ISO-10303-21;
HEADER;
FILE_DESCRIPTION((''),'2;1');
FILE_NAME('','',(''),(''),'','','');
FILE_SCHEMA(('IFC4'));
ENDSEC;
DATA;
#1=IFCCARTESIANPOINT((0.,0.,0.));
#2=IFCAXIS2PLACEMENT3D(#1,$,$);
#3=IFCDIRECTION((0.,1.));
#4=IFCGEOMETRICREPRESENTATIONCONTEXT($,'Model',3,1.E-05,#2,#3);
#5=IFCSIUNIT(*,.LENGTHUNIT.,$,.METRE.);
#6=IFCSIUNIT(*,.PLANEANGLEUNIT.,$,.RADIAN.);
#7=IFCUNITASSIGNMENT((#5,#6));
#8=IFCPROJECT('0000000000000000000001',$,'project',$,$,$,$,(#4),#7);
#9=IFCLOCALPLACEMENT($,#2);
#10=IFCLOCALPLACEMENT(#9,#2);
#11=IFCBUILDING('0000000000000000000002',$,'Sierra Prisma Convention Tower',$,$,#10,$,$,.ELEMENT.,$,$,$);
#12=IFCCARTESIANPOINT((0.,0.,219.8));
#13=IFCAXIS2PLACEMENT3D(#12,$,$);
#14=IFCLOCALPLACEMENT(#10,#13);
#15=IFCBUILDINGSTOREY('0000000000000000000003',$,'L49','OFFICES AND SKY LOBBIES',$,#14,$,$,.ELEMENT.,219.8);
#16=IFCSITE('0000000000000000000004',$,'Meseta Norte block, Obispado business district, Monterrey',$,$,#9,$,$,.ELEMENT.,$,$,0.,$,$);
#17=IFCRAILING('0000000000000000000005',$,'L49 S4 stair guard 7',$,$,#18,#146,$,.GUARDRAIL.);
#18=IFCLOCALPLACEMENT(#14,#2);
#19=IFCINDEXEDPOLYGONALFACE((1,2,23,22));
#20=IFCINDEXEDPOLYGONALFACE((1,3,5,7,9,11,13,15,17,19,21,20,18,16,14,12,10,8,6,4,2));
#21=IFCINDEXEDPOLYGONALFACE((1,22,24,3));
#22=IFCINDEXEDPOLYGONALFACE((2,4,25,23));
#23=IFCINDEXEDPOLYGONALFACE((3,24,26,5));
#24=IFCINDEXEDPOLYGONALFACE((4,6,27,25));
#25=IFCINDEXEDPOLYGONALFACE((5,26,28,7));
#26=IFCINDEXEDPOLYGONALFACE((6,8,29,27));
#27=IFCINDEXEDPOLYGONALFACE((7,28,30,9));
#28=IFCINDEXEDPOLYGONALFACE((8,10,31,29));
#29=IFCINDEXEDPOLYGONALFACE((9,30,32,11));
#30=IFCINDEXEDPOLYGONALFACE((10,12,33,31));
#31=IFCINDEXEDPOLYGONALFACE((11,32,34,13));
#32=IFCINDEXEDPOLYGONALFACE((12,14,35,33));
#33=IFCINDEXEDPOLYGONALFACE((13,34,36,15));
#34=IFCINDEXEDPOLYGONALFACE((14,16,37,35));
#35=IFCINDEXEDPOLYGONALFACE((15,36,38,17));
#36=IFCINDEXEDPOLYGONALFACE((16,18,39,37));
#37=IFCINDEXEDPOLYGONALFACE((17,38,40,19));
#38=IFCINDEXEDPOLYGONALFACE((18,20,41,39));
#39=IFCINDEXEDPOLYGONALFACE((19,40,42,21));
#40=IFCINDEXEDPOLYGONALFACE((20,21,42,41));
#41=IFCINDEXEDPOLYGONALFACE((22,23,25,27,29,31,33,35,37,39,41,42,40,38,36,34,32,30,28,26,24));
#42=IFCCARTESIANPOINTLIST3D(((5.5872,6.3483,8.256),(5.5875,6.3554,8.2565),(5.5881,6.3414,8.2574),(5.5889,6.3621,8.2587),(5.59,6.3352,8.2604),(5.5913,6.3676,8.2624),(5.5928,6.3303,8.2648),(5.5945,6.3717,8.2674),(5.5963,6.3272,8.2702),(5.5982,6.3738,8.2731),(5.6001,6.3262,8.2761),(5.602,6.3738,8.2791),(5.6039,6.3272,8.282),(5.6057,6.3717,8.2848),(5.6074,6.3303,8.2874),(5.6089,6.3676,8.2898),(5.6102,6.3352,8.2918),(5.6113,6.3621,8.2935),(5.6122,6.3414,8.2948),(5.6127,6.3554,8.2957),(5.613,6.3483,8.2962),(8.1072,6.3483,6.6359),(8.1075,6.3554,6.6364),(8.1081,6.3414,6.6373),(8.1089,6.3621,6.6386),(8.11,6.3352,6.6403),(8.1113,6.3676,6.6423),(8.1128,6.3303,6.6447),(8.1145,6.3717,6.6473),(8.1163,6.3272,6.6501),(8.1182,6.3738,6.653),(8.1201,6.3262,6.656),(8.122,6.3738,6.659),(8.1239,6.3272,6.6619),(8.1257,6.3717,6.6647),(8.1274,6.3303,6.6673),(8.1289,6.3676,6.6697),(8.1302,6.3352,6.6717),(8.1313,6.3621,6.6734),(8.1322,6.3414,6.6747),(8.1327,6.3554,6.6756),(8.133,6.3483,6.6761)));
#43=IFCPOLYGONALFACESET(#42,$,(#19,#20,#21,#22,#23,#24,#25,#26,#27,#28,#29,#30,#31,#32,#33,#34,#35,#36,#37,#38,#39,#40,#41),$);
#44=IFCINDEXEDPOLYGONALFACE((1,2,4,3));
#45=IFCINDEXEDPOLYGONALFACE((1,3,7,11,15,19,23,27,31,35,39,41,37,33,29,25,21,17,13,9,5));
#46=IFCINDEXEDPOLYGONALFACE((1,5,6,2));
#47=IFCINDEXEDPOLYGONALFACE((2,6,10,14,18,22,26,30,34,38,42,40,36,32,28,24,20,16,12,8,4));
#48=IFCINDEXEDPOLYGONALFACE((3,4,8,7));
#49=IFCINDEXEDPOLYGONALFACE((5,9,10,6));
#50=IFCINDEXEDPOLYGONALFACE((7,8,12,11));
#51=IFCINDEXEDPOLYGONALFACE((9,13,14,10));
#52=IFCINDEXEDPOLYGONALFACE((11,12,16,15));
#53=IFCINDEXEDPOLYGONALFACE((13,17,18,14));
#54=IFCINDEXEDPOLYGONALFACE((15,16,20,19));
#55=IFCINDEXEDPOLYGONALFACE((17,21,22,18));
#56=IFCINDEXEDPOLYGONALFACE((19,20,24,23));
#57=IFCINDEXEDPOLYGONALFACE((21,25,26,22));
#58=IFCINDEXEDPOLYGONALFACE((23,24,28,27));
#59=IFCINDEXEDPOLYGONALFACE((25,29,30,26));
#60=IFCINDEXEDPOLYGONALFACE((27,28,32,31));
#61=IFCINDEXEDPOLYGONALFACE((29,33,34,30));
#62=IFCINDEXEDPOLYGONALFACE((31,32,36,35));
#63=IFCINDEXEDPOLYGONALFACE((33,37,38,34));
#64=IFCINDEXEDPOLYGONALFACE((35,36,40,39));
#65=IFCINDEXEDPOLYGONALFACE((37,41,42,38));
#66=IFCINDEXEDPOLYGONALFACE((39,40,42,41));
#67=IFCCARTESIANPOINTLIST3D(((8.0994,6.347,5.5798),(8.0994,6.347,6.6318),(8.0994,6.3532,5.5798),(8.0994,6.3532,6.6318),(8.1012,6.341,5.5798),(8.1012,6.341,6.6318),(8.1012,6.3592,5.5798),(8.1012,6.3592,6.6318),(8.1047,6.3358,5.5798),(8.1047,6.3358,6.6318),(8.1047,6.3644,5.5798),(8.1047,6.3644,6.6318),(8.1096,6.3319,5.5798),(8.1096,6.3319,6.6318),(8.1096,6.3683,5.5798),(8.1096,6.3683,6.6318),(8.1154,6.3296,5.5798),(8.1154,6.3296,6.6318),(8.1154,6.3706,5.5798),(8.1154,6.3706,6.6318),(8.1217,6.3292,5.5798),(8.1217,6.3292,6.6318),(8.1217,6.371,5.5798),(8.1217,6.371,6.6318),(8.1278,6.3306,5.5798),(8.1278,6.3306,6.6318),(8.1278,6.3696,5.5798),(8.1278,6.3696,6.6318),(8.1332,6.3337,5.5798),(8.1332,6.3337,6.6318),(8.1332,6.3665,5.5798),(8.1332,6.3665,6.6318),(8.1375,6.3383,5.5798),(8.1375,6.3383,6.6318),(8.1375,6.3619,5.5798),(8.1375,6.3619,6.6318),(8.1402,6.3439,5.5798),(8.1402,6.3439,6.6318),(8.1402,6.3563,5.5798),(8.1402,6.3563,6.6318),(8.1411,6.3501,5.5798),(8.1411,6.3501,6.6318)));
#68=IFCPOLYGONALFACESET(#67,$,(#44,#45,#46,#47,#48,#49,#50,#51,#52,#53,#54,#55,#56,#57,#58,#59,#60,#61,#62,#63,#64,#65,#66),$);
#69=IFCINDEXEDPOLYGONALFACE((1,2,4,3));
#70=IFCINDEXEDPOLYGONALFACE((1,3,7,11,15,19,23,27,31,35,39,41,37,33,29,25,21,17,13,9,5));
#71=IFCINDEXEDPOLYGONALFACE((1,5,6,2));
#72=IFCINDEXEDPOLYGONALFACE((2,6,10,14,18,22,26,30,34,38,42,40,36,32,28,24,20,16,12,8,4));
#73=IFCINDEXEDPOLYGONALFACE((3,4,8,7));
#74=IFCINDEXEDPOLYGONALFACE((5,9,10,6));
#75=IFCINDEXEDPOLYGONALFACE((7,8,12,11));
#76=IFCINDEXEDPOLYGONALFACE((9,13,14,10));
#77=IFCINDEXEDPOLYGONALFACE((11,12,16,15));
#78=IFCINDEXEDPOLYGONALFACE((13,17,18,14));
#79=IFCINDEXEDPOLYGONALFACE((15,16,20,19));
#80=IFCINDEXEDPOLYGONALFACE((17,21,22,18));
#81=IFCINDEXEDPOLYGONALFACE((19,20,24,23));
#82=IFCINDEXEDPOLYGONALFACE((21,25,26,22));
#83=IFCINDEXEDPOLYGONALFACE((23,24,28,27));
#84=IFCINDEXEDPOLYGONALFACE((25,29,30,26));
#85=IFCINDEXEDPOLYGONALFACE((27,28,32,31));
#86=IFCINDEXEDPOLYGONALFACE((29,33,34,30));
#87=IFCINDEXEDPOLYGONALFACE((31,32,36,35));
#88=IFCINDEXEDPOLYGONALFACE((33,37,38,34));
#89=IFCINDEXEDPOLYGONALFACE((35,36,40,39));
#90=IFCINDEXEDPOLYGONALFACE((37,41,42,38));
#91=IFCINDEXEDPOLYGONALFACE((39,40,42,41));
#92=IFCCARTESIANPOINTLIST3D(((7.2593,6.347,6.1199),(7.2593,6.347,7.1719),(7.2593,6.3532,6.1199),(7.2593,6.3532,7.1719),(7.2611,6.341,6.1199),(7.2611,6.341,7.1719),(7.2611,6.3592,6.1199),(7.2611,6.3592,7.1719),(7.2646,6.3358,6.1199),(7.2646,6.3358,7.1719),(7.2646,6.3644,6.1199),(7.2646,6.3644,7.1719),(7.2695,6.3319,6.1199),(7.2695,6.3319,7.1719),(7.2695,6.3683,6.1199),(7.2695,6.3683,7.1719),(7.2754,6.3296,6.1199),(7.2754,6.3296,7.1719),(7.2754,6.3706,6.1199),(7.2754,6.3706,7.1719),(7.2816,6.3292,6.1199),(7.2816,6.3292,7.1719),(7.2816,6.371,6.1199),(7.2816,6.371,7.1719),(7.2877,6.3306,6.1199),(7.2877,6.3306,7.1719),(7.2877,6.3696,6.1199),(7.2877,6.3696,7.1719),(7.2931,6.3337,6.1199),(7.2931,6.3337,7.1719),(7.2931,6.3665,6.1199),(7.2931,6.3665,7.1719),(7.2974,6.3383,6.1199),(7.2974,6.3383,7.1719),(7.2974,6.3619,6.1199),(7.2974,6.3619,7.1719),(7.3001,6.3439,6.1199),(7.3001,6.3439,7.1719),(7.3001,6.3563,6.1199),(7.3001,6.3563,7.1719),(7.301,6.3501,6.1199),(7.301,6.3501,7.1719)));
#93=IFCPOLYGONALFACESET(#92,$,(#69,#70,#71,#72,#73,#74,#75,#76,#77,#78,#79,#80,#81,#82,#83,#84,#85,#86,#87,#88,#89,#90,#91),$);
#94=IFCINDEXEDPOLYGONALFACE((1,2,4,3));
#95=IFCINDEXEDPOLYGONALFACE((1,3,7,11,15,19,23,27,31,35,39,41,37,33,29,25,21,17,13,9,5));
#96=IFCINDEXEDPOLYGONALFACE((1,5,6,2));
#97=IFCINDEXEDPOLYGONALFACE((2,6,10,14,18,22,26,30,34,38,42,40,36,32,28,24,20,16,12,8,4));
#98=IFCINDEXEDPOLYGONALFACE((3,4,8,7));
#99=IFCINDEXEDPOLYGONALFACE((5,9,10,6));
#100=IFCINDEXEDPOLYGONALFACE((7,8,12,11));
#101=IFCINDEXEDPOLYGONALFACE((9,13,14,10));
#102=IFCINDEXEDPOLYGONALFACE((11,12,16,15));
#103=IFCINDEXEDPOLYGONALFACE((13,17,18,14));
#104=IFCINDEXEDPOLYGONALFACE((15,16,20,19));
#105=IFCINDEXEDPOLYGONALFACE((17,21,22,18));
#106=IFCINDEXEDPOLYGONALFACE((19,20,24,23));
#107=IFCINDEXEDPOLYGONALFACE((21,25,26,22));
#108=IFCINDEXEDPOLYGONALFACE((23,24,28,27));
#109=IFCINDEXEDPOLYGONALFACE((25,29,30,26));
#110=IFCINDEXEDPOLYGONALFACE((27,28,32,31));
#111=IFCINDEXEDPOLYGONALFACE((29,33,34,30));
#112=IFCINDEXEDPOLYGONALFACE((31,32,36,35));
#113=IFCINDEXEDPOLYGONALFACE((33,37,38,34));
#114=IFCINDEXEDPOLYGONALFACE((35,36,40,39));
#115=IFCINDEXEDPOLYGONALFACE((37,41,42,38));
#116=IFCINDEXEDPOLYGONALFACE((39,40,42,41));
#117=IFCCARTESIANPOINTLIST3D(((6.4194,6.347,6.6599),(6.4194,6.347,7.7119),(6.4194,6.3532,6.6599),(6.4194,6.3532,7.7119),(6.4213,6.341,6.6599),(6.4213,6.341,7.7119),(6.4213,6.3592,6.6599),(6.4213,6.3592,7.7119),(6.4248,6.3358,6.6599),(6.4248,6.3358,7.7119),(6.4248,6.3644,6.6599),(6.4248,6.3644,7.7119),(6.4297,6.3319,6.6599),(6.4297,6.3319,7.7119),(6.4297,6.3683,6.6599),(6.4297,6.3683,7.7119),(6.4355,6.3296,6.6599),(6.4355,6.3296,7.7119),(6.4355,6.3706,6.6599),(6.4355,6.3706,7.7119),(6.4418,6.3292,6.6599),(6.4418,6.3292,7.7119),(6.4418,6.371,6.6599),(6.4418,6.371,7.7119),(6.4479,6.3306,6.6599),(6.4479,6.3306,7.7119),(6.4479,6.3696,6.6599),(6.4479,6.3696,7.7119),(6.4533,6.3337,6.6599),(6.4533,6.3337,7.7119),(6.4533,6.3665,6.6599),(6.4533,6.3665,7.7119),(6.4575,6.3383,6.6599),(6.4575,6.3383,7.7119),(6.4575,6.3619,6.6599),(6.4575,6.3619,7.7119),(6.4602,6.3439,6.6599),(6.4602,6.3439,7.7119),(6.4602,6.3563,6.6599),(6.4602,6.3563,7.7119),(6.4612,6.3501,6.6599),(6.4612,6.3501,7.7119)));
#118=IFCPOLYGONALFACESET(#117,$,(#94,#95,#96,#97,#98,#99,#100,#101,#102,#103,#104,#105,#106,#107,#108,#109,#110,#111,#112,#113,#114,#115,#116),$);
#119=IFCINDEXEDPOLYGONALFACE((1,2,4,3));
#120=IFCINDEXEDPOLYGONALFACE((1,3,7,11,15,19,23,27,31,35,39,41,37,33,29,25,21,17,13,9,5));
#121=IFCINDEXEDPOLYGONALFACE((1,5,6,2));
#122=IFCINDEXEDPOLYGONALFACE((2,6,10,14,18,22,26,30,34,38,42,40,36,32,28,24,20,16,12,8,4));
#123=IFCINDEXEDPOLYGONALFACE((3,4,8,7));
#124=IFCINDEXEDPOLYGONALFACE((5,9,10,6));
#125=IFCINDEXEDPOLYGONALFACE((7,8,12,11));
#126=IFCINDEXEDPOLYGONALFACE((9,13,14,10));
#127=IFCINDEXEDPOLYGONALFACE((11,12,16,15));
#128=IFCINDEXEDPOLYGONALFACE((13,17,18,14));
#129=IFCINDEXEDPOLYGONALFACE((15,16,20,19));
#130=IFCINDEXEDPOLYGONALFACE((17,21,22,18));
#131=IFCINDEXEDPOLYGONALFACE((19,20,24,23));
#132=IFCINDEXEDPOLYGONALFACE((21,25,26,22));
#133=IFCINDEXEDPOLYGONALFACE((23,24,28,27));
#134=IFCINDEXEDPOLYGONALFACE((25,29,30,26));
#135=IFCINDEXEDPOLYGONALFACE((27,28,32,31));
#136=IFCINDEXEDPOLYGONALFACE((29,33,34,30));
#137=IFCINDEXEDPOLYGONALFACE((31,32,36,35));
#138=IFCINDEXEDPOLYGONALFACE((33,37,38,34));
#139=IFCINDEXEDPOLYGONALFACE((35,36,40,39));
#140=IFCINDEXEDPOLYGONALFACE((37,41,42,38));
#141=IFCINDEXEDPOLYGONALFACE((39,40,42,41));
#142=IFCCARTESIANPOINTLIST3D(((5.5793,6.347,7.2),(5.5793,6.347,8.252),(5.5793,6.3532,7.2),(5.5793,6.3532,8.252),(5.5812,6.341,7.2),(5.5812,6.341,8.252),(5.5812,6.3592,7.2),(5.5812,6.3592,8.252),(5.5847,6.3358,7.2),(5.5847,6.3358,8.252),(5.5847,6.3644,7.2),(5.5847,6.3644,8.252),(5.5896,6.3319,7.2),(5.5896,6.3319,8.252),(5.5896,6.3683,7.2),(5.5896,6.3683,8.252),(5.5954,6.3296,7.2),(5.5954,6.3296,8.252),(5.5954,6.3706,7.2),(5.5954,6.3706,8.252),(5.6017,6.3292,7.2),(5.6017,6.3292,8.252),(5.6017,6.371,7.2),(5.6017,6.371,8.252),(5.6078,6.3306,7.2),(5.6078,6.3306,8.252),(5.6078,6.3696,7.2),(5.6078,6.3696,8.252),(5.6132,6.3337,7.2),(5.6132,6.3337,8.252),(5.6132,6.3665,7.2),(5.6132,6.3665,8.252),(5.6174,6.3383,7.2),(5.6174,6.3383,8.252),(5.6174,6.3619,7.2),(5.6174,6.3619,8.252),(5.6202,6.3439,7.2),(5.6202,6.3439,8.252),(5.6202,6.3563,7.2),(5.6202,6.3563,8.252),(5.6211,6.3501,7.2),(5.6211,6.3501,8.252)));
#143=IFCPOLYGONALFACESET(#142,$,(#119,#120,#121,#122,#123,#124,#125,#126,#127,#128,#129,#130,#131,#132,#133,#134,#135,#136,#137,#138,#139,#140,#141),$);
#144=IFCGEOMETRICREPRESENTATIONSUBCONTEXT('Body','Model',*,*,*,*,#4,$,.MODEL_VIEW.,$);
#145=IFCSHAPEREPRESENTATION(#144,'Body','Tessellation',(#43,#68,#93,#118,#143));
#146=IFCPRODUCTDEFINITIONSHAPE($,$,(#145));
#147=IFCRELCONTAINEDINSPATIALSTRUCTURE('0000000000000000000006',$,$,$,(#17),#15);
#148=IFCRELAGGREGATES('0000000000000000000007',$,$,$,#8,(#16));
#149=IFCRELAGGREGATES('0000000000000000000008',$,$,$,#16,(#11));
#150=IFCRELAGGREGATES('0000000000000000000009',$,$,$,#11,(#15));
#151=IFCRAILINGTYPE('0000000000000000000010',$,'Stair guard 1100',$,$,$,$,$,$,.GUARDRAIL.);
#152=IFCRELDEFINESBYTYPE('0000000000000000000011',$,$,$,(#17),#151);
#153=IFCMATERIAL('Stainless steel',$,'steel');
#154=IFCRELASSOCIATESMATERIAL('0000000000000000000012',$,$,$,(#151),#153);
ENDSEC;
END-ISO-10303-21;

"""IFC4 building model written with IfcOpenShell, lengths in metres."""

from ifc_helpers import new_model, si_unit, direction, frame, origin, origin_2d, place, context, subcontext, project, spatial, circle, extrude, material, type_object, element, save


model = new_model("IFC4")

# Units and contexts
model_context = context("Model", 3, precision=1e-05, world=origin(), true_north=direction((0.0, 1.0)))
body_context = subcontext(model_context, "Body", "Model", "MODEL_VIEW")
ifc_project = project(units=[si_unit("LENGTHUNIT", "METRE"), si_unit("PLANEANGLEUNIT", "RADIAN")], contexts=[model_context])

# Site, building, storey
site_placement = place(None, origin())
site = spatial("IfcSite", under=ifc_project, at=site_placement, Name="Meseta Norte block, Obispado business district, Monterrey", CompositionType="ELEMENT", RefElevation=0.0)
building_placement = place(site_placement, origin())
building = spatial("IfcBuilding", under=site, at=building_placement, Name="Sierra Prisma Convention Tower", CompositionType="ELEMENT")
storey_placement = place(building_placement, frame((0.0, 0.0, 219.8)))
storey = spatial("IfcBuildingStorey", under=building, at=storey_placement, Name="L49", Description="OFFICES AND SKY LOBBIES", CompositionType="ELEMENT", Elevation=219.8)

# Railing
ifc_material_1 = material(Name="Stainless steel", Category="steel")
railing_type = type_object("IfcRailingType", Name="Stair guard 1100", PredefinedType="GUARDRAIL", material=ifc_material_1)
railing_1_placement = place(storey_placement, frame((8.1201, 6.3501, 5.5798)))
element("IfcRailing", 1, at=railing_1_placement, inside=storey, type_object=railing_type, Name="L49 S4 stair guard 7", PredefinedType="GUARDRAIL", context=body_context, shape_type="SweptSolid", body=[
    extrude(circle(Radius=0.0239, at=origin_2d()), frame((0.0, 0.0, 1.0762), z_axis=(-0.841163, 0.0, 0.540782), x_axis=(0.0, -1.0, 0.0)), (0.0, 0.0, 1.0), 2.9958),
    extrude(circle(Radius=0.021, at=origin_2d()), origin(), (0.0, 0.0, 1.0), 1.052),
    extrude(circle(Radius=0.021, at=origin_2d()), frame((-0.8401, 0.0, 0.54)), (0.0, 0.0, 1.0), 1.052),
    extrude(circle(Radius=0.021, at=origin_2d()), frame((-1.6799, 0.0, 1.0801)), (0.0, 0.0, 1.0), 1.052),
    extrude(circle(Radius=0.021, at=origin_2d()), frame((-2.52, 0.0, 1.6201)), (0.0, 0.0, 1.0), 1.052),
])

save(model, "model.ifc")
